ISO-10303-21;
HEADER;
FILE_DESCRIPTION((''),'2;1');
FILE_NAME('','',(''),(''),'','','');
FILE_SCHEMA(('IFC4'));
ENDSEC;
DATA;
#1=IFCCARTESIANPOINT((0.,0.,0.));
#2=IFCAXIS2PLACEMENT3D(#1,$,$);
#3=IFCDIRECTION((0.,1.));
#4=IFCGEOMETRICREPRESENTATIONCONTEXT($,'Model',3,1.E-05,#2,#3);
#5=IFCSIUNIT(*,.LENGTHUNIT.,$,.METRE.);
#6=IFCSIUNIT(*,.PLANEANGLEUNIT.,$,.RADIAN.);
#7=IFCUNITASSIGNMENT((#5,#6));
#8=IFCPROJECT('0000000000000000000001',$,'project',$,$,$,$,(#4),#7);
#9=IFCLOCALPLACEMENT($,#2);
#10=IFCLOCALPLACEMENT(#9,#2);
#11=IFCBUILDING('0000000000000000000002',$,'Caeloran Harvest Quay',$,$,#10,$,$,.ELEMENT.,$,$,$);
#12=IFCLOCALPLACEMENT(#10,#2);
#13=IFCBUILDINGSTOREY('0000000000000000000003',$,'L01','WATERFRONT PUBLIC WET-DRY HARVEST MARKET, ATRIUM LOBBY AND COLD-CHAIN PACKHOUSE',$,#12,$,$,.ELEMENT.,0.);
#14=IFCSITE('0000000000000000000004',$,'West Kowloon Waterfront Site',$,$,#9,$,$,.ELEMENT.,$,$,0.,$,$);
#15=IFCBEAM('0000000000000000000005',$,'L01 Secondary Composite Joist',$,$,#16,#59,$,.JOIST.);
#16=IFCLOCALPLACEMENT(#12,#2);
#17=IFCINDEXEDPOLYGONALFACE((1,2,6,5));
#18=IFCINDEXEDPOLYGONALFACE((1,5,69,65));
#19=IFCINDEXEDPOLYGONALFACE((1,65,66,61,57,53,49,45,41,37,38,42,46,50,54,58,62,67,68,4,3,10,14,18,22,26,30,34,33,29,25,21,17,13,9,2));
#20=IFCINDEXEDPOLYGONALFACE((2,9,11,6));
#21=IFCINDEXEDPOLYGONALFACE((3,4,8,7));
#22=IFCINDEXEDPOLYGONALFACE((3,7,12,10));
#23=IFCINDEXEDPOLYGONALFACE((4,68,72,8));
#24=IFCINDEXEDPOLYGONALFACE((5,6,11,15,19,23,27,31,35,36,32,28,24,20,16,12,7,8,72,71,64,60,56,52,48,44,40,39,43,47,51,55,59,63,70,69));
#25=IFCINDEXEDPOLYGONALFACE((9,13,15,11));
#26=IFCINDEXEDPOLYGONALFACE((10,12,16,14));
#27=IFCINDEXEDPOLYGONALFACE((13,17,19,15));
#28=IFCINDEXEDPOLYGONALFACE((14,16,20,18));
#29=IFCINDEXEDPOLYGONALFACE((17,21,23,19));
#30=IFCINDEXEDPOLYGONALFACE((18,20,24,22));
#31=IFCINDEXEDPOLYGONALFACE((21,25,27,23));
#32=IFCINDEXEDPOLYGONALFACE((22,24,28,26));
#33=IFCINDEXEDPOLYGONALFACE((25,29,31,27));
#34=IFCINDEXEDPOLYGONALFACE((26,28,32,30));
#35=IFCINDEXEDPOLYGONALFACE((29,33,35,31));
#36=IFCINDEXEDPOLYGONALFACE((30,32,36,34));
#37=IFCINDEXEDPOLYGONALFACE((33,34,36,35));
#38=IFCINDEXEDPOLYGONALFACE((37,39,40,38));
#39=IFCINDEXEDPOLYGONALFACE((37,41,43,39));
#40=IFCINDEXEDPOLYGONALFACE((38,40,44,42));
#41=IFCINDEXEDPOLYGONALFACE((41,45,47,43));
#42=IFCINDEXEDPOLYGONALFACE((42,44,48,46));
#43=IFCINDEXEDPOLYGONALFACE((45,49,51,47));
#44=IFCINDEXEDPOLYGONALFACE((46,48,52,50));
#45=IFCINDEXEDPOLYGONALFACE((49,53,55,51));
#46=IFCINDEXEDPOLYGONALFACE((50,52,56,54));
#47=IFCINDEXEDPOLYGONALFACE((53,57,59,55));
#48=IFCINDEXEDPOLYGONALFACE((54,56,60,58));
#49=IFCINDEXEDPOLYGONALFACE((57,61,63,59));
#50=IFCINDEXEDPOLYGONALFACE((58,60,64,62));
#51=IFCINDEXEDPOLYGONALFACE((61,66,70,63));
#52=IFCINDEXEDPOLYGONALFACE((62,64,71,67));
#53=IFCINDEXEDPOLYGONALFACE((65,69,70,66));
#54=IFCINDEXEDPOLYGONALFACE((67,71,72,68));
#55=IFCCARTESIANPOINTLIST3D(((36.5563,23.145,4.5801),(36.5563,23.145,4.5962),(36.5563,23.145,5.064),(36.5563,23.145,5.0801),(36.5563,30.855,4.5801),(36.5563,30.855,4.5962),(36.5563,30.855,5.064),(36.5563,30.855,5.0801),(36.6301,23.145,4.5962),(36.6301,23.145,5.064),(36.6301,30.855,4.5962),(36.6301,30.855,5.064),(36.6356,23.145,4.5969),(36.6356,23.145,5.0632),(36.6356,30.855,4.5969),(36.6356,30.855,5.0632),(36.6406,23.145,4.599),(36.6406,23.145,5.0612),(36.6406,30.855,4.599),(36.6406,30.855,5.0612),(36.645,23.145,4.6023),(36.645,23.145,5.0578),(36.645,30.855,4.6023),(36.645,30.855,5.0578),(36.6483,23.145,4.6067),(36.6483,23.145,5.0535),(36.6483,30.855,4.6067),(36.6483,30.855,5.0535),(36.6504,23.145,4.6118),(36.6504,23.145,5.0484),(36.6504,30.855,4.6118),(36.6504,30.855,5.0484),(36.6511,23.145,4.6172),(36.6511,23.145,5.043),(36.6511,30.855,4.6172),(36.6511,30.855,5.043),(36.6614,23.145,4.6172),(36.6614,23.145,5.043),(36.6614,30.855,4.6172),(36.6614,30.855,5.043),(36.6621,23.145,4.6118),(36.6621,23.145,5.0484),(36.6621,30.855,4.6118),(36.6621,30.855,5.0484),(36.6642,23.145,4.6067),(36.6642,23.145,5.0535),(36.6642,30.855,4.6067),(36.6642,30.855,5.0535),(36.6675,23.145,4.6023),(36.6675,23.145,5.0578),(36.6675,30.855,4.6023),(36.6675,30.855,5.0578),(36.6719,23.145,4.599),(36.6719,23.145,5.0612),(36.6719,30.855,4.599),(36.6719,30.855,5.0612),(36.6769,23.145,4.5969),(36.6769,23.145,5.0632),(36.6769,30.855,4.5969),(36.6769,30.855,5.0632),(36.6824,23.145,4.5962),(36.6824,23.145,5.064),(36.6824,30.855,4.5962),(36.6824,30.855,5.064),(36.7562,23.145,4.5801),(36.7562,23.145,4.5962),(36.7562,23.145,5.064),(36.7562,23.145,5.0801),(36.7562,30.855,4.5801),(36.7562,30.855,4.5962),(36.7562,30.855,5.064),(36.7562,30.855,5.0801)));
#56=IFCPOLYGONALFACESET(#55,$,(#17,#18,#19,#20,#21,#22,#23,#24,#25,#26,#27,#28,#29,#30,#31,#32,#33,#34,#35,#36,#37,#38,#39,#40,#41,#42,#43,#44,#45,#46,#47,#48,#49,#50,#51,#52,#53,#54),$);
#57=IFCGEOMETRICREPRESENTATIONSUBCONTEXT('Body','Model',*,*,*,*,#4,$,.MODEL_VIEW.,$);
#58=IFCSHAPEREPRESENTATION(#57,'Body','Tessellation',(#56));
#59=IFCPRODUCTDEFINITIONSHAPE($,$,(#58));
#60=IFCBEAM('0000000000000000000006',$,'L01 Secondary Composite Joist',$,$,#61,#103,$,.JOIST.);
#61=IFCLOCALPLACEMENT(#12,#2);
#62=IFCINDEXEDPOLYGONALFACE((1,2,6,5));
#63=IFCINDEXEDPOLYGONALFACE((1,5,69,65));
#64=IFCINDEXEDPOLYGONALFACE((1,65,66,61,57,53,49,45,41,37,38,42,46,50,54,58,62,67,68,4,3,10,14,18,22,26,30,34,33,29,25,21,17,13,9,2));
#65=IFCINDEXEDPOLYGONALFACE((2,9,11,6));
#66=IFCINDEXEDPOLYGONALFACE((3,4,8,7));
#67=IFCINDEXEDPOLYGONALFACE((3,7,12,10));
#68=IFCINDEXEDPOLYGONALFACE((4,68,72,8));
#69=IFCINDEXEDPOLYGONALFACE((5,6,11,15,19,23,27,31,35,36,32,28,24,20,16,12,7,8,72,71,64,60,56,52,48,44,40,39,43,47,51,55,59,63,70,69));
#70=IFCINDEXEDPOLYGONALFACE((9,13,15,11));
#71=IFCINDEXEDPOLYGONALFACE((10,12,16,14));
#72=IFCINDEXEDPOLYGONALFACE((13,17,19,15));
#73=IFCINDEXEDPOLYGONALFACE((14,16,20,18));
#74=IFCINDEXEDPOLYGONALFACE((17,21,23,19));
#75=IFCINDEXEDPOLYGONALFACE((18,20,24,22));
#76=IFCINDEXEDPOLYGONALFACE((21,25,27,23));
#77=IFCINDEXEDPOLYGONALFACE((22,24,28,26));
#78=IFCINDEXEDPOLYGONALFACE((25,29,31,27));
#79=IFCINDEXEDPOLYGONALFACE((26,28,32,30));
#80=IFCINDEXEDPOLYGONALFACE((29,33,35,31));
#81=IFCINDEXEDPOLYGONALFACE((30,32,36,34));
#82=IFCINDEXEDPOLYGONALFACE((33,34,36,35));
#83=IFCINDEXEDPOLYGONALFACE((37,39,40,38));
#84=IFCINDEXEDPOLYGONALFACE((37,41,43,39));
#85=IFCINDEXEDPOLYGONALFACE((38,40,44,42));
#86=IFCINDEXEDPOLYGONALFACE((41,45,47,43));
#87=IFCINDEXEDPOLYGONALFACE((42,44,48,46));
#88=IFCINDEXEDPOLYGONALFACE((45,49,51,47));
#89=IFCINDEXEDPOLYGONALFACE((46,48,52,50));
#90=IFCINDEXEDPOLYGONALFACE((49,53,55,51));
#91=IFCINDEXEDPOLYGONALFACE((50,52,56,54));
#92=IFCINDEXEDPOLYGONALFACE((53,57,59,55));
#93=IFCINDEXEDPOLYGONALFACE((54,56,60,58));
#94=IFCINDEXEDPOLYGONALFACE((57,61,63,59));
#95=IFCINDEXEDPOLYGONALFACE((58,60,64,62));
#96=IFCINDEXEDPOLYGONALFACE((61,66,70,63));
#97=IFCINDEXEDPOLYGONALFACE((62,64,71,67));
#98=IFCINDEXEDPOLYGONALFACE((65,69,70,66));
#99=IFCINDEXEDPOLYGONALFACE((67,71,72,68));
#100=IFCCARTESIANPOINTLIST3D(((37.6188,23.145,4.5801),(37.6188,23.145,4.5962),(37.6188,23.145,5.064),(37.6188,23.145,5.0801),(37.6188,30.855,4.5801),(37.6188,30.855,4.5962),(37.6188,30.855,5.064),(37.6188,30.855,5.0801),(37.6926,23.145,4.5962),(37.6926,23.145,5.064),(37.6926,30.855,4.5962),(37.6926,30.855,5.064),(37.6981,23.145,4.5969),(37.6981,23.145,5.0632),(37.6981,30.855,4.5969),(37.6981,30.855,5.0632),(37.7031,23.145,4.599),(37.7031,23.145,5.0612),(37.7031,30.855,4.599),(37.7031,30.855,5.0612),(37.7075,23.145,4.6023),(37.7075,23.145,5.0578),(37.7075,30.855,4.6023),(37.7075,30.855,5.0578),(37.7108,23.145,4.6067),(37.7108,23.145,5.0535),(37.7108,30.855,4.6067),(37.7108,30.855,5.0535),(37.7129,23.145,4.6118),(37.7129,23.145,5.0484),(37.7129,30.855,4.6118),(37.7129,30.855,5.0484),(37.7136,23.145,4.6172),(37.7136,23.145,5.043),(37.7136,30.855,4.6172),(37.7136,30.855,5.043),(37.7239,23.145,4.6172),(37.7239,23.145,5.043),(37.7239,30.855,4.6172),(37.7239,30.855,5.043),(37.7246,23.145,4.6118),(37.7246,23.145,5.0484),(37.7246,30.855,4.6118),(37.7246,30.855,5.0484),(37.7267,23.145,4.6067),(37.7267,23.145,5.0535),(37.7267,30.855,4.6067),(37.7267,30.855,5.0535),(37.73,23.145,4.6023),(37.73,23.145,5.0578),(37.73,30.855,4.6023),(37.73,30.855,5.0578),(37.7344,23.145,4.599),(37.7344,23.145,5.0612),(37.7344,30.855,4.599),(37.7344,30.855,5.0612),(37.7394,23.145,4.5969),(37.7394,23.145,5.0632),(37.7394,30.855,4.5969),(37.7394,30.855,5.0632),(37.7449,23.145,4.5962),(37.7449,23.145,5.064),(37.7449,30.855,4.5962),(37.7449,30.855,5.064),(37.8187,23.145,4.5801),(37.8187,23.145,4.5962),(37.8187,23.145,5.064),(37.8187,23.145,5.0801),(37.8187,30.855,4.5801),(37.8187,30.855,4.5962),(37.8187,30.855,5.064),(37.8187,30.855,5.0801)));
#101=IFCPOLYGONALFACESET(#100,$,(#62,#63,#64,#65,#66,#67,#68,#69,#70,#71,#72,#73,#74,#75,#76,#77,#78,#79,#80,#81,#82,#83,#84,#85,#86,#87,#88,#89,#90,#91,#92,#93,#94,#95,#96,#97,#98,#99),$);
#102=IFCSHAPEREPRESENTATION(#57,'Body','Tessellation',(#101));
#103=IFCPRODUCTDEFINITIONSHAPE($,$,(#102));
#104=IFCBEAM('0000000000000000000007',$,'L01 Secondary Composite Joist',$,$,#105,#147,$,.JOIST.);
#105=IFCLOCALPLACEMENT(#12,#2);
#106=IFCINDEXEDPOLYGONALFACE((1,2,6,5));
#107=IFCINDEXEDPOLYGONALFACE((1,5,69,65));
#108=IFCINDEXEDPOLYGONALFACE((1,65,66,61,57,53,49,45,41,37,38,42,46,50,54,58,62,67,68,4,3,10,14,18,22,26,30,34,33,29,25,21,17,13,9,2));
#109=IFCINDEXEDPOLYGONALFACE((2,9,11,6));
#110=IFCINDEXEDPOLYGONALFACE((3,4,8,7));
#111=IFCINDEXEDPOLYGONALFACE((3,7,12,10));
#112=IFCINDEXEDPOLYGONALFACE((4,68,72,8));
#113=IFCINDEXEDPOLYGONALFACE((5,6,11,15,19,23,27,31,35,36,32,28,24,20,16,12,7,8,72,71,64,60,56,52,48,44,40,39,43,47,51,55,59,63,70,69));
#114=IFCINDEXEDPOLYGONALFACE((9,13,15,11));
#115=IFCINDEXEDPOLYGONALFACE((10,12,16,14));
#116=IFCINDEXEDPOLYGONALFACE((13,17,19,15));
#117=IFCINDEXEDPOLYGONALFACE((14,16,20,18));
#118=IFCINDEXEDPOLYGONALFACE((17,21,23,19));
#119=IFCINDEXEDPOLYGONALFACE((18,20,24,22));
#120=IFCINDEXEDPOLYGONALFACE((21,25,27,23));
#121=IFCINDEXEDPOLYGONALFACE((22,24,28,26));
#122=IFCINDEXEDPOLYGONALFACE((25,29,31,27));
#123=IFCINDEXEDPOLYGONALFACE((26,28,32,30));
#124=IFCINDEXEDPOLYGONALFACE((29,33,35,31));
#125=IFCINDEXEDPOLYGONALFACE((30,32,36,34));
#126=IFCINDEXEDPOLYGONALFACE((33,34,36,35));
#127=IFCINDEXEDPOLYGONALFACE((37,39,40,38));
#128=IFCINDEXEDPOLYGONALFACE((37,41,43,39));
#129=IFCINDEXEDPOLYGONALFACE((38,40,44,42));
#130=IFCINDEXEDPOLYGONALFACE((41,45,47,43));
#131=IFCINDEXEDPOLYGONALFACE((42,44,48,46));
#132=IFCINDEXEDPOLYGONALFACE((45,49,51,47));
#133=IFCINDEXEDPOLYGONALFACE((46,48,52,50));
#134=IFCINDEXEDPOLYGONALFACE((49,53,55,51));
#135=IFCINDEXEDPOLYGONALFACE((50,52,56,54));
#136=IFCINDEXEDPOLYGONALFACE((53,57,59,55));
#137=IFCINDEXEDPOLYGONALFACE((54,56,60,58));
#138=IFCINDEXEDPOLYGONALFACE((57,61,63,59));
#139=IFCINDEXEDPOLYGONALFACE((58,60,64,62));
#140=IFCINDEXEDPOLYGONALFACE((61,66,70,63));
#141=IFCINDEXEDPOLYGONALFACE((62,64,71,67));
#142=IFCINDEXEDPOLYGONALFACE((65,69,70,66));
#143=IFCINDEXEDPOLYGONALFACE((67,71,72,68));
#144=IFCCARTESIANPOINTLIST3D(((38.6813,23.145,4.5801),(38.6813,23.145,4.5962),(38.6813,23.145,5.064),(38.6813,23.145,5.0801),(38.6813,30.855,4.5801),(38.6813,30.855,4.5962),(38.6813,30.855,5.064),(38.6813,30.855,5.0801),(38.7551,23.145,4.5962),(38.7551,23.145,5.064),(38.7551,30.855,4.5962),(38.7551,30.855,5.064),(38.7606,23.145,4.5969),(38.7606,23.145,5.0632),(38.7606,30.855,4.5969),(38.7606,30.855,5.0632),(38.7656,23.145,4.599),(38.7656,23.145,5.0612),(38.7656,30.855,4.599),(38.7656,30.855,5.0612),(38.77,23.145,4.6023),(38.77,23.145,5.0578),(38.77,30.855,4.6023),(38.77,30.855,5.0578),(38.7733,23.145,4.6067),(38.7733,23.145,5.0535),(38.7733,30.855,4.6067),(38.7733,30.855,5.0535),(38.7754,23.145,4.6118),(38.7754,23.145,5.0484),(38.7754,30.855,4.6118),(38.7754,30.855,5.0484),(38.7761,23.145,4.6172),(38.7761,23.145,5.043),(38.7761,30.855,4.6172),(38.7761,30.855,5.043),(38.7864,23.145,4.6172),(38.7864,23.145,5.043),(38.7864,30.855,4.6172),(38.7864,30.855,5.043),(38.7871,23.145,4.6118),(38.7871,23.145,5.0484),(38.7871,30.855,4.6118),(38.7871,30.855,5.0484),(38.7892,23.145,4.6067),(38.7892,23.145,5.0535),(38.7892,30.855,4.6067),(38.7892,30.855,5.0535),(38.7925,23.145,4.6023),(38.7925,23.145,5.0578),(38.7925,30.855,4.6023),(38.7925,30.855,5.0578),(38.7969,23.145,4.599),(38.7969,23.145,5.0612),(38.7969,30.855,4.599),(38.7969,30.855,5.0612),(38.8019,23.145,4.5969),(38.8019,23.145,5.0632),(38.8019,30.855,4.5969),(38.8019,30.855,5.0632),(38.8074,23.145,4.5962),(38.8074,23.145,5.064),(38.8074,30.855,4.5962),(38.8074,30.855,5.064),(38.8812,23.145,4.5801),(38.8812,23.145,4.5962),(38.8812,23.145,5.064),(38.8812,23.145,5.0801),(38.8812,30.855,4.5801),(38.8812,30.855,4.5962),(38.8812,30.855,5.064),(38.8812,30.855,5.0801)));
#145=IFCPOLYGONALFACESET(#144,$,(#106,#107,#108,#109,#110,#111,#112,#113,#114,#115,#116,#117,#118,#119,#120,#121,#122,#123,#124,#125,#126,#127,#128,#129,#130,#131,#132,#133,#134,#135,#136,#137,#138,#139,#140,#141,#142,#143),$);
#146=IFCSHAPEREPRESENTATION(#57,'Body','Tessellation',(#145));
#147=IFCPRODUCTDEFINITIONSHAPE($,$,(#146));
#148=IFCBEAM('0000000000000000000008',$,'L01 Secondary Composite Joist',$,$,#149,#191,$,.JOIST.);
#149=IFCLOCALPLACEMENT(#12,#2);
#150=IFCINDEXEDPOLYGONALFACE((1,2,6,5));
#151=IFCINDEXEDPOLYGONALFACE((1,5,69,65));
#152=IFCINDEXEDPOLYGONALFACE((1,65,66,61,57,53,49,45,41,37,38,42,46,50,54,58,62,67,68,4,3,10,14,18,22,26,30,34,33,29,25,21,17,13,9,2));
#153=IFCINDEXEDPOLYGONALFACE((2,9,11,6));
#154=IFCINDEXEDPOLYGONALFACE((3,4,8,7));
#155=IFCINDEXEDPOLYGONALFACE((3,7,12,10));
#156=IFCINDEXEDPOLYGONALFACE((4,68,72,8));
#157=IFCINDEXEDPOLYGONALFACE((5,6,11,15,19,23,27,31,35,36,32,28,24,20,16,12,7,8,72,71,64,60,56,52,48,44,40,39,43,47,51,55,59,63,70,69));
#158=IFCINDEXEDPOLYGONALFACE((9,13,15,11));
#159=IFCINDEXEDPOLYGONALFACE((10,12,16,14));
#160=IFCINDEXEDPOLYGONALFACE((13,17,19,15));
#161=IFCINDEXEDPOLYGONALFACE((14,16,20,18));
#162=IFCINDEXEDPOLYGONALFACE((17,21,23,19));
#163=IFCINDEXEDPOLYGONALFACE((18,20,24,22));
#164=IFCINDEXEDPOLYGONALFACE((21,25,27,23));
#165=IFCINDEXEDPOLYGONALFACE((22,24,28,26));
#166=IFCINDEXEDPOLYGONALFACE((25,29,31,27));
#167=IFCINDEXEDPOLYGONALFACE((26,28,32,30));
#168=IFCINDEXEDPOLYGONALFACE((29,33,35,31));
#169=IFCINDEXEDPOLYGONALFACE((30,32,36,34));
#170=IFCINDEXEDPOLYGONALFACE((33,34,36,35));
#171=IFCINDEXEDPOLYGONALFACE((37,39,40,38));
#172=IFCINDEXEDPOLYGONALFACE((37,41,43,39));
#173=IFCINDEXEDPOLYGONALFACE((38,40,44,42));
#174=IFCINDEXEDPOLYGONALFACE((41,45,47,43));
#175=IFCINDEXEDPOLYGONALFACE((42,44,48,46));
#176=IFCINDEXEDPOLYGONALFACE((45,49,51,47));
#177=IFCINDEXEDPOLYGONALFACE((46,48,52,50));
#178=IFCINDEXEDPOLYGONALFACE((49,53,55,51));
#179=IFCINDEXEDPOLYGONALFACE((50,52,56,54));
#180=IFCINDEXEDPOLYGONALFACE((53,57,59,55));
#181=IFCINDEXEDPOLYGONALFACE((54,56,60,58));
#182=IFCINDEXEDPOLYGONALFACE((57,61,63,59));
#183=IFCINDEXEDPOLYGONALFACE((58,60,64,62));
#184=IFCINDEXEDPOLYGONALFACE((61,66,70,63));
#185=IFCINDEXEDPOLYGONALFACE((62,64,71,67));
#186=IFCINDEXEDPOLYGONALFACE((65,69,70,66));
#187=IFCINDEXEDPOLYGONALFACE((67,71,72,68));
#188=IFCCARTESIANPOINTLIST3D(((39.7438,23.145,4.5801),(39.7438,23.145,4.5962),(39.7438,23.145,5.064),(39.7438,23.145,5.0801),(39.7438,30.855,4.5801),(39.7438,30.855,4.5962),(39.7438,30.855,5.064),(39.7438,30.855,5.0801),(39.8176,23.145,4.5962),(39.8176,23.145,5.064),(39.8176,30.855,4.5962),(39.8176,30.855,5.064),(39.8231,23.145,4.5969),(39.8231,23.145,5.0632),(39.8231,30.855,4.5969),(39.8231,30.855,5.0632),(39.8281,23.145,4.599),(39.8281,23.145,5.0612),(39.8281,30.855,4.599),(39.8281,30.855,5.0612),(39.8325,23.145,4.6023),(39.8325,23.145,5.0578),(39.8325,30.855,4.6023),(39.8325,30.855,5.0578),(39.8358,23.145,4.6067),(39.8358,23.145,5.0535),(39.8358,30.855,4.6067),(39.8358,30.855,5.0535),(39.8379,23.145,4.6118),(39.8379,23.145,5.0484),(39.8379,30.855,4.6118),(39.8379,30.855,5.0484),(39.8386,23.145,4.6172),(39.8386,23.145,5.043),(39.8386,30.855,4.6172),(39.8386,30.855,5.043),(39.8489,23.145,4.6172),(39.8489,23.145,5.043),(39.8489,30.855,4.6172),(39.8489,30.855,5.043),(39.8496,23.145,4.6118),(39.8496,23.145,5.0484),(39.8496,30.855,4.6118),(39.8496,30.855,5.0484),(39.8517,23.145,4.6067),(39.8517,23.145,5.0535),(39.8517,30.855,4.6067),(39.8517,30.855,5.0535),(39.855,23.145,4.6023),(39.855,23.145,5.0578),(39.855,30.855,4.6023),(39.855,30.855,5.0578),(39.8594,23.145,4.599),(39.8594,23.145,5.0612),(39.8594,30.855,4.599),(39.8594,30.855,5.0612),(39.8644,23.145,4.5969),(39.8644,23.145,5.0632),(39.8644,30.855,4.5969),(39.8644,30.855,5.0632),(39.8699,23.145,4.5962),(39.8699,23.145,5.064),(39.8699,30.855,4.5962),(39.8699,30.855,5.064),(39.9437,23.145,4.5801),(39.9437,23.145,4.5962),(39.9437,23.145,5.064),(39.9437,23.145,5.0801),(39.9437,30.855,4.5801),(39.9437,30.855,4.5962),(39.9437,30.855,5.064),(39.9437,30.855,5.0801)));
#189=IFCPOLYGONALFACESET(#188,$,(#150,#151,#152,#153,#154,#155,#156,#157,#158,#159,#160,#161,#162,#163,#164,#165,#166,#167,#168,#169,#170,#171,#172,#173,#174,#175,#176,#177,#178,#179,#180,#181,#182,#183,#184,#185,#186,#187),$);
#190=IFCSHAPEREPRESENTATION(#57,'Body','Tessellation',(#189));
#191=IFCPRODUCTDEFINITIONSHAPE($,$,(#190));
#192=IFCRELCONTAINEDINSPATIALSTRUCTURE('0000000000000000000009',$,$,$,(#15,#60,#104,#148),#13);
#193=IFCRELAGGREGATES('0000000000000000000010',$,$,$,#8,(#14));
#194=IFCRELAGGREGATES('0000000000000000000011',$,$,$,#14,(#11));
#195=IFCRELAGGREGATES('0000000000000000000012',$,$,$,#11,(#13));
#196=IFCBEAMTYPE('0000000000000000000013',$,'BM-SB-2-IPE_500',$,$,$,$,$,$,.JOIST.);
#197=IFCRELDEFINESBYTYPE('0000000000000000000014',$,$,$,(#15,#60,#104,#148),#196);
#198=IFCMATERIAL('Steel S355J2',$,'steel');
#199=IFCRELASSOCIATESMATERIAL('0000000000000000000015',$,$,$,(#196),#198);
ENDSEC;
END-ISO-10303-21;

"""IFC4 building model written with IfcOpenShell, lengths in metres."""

from ifc_helpers import new_model, si_unit, direction, frame, origin, origin_2d, place, context, subcontext, project, spatial, i_section, extrude, material, material_profile, profile_set, type_object, element, save


model = new_model("IFC4")

# Units and contexts
model_context = context("Model", 3, precision=1e-05, world=origin(), true_north=direction((0.0, 1.0)))
body_context = subcontext(model_context, "Body", "Model", "MODEL_VIEW")
ifc_project = project(units=[si_unit("LENGTHUNIT", "METRE"), si_unit("PLANEANGLEUNIT", "RADIAN")], contexts=[model_context])

# Site, building, storey
site_placement = place(None, origin())
site = spatial("IfcSite", under=ifc_project, at=site_placement, Name="West Kowloon Waterfront Site", CompositionType="ELEMENT", RefElevation=0.0)
building_placement = place(site_placement, origin())
building = spatial("IfcBuilding", under=site, at=building_placement, Name="Caeloran Harvest Quay", CompositionType="ELEMENT")
storey_placement = place(building_placement, origin())
storey = spatial("IfcBuildingStorey", under=building, at=storey_placement, Name="L01", Description="WATERFRONT PUBLIC WET-DRY HARVEST MARKET, ATRIUM LOBBY AND COLD-CHAIN PACKHOUSE", CompositionType="ELEMENT", Elevation=0.0)

# Beams
ifc_material_1 = material(Name="Steel S355J2", Category="steel")
ifc_material_profile_1 = material_profile(ifc_material_1, i_section(OverallWidth=0.2, OverallDepth=0.5, WebThickness=0.0103, FlangeThickness=0.0161, FilletRadius=0.021, at=origin_2d()), Name="IPE 500")
ifc_profile_set_1 = profile_set([ifc_material_profile_1], Name="Steel S355J2")
beam_type_1 = type_object("IfcBeamType", Name="BM-SB-2-IPE_500", PredefinedType="JOIST", material=ifc_profile_set_1)
for number, where, z_axis, x_axis, name in (
    (1, (36.6562, 23.145, 4.8301), (0.0, 1.0, 0.0), (-1.0, 0.0, 0.0), "L01 Secondary Composite Joist"),
    (2, (37.7188, 23.145, 4.8301), (0.0, 1.0, 0.0), (-1.0, 0.0, 0.0), "L01 Secondary Composite Joist"),
    (3, (38.7812, 23.145, 4.8301), (0.0, 1.0, 0.0), (-1.0, 0.0, 0.0), "L01 Secondary Composite Joist"),
    (4, (39.8438, 23.145, 4.8301), (0.0, 1.0, 0.0), (-1.0, 0.0, 0.0), "L01 Secondary Composite Joist"),
):
    element("IfcBeam", number, at=place(storey_placement, frame(where, z_axis=z_axis, x_axis=x_axis)), inside=storey, type_object=beam_type_1, Name=name, PredefinedType="JOIST", context=body_context, shape_type="SweptSolid", body=[
        extrude(i_section(OverallWidth=0.2, OverallDepth=0.5, WebThickness=0.0103, FlangeThickness=0.0161, FilletRadius=0.021, at=origin_2d()), origin(), (0.0, 0.0, 1.0), 7.71),
    ])

save(model, "model.ifc")
